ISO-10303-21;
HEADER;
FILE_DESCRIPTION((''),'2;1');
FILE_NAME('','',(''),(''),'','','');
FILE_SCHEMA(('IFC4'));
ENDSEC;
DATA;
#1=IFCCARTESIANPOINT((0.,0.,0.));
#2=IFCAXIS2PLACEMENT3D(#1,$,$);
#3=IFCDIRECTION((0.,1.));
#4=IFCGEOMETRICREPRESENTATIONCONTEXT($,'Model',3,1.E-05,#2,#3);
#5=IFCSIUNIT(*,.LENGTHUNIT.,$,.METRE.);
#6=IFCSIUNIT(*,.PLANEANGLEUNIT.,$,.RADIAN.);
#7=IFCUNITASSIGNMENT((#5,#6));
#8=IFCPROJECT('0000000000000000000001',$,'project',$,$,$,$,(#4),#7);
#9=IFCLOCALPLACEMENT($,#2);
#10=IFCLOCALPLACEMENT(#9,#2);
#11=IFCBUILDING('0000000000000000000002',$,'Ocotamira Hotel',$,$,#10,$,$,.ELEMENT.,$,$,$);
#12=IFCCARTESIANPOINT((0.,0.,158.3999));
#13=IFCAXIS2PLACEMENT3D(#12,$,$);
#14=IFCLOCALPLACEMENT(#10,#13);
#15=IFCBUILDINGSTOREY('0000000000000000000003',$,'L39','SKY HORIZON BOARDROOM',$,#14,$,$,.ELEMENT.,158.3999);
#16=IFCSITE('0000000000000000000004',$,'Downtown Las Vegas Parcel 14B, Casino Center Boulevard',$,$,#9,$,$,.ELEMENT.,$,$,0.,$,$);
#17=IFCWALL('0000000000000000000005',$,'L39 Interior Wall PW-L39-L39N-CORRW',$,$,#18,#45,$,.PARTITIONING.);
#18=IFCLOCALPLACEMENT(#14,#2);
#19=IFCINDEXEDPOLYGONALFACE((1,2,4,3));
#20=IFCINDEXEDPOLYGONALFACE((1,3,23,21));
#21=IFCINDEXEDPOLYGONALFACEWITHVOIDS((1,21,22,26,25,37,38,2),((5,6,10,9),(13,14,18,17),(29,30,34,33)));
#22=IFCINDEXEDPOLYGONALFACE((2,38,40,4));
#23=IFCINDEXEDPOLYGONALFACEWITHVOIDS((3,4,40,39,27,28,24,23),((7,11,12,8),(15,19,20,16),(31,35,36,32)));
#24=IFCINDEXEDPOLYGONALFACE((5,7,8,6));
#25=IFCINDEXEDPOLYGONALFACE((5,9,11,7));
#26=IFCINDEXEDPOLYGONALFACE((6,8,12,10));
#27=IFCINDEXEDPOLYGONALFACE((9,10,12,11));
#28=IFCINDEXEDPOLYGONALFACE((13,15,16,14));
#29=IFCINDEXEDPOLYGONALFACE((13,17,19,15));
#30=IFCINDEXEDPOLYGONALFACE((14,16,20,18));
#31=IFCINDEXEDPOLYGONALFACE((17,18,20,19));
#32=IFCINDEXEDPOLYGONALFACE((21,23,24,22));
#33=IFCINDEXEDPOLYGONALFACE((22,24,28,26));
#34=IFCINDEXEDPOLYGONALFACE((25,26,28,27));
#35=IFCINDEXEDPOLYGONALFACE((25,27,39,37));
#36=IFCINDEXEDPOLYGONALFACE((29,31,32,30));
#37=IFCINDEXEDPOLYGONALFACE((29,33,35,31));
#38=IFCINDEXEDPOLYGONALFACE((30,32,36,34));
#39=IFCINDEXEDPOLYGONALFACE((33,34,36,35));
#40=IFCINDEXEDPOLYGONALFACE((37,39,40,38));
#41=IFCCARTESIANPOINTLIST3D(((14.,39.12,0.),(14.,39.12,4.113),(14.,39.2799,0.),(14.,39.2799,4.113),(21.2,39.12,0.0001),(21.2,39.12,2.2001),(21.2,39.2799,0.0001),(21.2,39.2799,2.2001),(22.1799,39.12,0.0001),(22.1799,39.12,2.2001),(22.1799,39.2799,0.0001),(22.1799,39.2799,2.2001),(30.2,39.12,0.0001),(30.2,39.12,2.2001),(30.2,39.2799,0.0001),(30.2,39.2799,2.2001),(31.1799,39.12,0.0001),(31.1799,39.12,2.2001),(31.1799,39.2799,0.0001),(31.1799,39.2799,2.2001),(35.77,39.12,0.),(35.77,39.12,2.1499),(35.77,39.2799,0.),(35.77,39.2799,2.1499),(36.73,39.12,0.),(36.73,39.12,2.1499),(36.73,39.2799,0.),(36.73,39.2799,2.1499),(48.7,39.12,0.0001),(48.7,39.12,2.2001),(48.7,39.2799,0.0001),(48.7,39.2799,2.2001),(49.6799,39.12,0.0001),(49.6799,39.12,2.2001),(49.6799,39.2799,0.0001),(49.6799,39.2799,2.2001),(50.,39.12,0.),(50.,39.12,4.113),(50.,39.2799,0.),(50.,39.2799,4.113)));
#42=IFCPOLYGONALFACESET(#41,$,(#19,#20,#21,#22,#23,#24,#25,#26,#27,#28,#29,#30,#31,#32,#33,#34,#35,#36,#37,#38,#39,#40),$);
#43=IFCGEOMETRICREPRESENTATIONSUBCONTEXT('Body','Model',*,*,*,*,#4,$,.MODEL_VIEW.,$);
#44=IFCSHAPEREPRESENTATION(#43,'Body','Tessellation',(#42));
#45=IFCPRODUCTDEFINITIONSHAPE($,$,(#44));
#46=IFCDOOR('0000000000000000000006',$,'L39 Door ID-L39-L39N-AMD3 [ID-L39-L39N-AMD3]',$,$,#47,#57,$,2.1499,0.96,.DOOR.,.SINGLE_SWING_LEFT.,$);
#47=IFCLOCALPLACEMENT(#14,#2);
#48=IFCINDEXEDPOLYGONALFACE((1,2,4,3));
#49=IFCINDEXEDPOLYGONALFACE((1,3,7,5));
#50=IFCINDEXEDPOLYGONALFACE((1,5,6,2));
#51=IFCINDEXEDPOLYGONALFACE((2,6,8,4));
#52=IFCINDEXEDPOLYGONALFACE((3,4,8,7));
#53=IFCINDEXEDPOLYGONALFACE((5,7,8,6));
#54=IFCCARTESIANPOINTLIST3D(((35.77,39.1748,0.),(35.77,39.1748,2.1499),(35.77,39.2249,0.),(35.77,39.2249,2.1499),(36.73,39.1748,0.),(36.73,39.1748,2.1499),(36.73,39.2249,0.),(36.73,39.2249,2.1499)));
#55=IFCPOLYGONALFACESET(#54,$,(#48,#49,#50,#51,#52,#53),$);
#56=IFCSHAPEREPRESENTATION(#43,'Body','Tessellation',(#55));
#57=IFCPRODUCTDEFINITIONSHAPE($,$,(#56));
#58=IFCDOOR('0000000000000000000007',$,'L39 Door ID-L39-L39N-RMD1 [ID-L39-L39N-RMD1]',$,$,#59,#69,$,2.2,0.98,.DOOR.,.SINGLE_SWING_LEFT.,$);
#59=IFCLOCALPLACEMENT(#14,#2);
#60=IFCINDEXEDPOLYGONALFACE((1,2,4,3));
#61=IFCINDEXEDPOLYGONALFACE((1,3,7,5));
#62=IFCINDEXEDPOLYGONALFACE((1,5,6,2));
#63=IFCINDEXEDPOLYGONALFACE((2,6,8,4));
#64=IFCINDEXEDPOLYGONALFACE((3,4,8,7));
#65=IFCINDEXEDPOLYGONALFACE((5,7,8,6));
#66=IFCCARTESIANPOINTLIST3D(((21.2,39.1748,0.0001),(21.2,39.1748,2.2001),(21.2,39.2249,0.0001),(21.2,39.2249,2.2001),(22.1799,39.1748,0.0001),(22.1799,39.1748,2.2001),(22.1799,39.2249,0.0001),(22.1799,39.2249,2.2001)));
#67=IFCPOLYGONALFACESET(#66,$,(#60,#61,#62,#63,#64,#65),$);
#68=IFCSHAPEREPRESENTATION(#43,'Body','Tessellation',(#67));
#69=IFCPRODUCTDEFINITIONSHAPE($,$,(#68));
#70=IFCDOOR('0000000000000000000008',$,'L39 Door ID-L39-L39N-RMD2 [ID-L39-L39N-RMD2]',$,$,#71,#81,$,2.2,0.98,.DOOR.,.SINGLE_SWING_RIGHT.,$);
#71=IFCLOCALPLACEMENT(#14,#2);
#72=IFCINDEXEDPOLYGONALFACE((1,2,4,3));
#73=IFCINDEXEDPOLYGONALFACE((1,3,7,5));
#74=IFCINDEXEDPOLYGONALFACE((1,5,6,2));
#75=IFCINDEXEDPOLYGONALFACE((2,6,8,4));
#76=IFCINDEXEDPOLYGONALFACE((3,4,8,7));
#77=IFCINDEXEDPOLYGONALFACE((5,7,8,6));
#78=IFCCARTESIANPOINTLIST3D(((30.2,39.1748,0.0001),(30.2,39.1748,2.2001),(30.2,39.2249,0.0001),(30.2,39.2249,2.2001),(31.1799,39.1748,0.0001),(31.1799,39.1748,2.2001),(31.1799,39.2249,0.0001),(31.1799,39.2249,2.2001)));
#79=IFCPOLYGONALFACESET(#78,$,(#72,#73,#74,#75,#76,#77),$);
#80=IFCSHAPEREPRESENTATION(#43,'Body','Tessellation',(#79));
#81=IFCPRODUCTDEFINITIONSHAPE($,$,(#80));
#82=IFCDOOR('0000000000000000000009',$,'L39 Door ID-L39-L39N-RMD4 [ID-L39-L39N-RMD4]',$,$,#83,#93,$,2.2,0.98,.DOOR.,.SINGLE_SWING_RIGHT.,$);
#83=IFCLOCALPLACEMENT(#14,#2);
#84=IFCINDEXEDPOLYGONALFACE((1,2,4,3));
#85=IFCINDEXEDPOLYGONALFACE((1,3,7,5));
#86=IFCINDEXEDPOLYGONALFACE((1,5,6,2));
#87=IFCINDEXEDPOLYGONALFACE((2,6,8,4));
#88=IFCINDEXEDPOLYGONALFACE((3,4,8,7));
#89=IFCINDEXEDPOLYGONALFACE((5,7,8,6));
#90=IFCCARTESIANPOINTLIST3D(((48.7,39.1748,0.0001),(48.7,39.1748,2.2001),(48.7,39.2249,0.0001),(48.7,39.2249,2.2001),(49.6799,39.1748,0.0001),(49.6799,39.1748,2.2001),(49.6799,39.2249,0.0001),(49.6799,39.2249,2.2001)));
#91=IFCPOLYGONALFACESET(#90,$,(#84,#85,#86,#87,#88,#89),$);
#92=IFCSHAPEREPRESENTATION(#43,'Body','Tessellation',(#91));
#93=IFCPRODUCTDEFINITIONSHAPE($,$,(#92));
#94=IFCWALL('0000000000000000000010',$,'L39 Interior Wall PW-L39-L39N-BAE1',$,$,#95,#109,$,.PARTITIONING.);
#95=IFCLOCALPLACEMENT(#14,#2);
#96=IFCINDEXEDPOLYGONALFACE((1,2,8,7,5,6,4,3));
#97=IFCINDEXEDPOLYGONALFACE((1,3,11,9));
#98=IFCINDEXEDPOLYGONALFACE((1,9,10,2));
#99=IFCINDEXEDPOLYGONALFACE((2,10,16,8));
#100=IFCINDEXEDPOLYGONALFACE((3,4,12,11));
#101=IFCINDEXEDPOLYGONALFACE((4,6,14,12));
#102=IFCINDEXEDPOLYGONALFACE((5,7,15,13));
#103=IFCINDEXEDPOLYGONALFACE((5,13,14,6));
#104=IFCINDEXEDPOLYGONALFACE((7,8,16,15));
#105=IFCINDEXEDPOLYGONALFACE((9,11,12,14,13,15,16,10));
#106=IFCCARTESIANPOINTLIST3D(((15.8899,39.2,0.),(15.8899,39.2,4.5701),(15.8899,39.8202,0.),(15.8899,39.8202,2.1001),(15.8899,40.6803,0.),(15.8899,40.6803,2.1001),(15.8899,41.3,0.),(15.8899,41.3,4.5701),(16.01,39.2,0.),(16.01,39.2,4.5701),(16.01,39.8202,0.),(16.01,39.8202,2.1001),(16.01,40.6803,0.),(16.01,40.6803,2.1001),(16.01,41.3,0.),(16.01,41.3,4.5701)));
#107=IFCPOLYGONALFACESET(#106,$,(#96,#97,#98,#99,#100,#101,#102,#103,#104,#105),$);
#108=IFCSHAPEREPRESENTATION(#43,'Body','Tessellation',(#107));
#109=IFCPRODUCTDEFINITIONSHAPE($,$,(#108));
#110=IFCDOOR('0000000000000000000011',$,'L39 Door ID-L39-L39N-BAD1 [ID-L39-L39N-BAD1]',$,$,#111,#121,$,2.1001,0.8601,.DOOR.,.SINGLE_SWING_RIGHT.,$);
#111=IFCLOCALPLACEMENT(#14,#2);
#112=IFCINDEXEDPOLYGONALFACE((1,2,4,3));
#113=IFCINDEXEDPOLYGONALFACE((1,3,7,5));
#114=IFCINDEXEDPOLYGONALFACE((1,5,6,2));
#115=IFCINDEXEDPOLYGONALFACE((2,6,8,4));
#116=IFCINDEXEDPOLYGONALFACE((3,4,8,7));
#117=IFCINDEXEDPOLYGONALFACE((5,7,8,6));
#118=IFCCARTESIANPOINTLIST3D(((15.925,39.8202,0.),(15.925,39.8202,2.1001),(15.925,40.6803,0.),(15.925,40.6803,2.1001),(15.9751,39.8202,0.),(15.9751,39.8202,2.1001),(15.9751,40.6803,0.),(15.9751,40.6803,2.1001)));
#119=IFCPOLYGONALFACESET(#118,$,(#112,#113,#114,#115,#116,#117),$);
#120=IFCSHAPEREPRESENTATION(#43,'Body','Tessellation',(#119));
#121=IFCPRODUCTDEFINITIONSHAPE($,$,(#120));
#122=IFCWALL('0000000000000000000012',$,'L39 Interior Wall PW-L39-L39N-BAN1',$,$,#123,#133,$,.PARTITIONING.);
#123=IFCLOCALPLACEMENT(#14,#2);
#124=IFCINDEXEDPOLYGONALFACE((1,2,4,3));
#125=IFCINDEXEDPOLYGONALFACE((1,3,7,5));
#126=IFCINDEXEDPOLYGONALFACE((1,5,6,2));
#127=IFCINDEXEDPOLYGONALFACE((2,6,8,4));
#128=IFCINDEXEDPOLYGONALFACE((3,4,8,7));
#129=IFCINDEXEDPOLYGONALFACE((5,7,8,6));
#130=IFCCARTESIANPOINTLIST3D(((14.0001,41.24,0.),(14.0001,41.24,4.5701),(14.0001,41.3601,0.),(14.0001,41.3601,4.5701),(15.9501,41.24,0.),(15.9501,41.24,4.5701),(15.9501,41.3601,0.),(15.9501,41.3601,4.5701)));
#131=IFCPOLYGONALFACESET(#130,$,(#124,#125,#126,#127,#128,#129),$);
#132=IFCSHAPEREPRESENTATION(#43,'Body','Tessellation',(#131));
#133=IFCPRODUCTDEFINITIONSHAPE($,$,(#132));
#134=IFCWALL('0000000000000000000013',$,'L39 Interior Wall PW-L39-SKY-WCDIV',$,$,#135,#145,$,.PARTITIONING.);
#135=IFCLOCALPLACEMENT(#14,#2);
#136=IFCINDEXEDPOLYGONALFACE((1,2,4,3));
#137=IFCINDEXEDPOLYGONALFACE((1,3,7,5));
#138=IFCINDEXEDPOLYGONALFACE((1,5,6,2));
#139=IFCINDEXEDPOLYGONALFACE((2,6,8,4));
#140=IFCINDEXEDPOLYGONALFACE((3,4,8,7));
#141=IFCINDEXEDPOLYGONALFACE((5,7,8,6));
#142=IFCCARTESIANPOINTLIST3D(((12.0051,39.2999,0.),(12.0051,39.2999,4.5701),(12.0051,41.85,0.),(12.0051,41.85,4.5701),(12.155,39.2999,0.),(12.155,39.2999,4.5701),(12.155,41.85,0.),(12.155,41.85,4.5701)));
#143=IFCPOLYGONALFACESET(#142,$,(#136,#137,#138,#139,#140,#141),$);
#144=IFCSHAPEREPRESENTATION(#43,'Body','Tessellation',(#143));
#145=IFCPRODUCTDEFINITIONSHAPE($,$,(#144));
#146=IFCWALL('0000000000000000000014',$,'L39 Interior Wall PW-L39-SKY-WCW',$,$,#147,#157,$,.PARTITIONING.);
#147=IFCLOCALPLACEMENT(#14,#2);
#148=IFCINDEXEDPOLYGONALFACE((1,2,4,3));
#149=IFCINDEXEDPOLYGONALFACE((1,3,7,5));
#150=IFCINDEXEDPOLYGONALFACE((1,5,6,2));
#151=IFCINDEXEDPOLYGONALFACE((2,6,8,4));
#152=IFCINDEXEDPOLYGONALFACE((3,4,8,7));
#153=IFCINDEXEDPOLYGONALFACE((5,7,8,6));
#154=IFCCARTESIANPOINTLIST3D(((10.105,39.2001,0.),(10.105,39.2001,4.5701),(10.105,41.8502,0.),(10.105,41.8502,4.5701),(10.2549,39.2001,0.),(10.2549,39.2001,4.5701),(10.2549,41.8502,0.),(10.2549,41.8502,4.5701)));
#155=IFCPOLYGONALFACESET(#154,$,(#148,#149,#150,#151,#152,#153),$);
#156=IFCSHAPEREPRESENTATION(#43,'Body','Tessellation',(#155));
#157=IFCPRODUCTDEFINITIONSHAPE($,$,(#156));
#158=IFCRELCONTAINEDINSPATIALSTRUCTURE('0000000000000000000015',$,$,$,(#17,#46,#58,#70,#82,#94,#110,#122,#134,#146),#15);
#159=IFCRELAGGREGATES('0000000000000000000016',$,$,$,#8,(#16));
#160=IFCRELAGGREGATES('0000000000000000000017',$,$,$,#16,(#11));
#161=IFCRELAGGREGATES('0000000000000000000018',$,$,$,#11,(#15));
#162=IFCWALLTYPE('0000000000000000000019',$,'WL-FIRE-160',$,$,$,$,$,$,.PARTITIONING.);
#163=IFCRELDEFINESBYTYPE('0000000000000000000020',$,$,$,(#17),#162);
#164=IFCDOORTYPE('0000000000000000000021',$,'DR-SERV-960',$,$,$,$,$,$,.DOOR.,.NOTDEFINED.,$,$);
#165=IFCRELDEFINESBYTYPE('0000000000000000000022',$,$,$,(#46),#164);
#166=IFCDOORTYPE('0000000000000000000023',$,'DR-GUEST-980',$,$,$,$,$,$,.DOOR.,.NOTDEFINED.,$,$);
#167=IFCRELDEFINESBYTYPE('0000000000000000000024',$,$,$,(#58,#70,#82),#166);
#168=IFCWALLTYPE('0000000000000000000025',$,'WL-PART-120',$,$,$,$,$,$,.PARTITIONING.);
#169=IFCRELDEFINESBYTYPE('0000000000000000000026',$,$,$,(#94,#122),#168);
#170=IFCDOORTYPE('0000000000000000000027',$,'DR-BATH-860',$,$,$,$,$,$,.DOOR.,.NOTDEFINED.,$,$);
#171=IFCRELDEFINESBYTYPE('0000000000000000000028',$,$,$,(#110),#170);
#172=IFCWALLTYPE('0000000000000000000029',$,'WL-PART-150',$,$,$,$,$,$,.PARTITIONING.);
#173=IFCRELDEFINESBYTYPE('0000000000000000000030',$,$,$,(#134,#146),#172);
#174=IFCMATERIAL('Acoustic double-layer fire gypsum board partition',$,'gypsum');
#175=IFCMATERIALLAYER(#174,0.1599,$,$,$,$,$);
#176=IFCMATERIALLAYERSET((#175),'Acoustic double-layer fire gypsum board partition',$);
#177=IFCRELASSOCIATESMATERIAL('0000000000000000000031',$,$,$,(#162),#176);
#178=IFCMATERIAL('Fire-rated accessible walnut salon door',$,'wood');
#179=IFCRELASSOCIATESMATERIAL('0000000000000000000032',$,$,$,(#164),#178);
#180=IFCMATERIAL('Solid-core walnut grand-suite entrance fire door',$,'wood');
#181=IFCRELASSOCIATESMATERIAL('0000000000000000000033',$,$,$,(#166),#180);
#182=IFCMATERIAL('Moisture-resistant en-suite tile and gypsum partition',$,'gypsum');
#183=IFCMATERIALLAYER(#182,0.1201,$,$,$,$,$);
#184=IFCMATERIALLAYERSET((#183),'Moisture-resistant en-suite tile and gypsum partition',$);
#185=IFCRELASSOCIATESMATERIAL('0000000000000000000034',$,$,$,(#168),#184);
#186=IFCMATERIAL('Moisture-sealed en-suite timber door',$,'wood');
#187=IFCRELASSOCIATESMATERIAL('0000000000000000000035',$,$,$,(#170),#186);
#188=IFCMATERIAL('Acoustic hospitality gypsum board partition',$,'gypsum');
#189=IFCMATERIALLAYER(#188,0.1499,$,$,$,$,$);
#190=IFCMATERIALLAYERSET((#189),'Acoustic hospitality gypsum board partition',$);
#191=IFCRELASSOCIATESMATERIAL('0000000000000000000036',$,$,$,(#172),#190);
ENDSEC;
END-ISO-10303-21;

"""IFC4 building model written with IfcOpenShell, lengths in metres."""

from ifc_helpers import new_model, si_unit, direction, frame, frame_2d, origin, place, context, subcontext, project, spatial, rectangle, extrude, source, transform, mapped, material, layer, layer_set, type_object, element, fill, save


model = new_model("IFC4")

# Units and contexts
model_context = context("Model", 3, precision=1e-05, world=origin(), true_north=direction((0.0, 1.0)))
body_context = subcontext(model_context, "Body", "Model", "MODEL_VIEW")
ifc_project = project(units=[si_unit("LENGTHUNIT", "METRE"), si_unit("PLANEANGLEUNIT", "RADIAN")], contexts=[model_context])

# Site, building, storey
site_placement = place(None, origin())
site = spatial("IfcSite", under=ifc_project, at=site_placement, Name="Downtown Las Vegas Parcel 14B, Casino Center Boulevard", CompositionType="ELEMENT", RefElevation=0.0)
building_placement = place(site_placement, origin())
building = spatial("IfcBuilding", under=site, at=building_placement, Name="Ocotamira Hotel", CompositionType="ELEMENT")
storey_placement = place(building_placement, frame((0.0, 0.0, 158.3999)))
storey = spatial("IfcBuildingStorey", under=building, at=storey_placement, Name="L39", Description="SKY HORIZON BOARDROOM", CompositionType="ELEMENT", Elevation=158.3999)

# Wall, openings, doors
ifc_material_1 = material(Name="Acoustic double-layer fire gypsum board partition", Category="gypsum")
ifc_layer_1 = layer(ifc_material_1, 0.1599)
ifc_layer_set_1 = layer_set([ifc_layer_1], Name="Acoustic double-layer fire gypsum board partition")
wall_type_1 = type_object("IfcWallType", Name="WL-FIRE-160", PredefinedType="PARTITIONING", material=ifc_layer_set_1)
wall_1_placement = place(storey_placement, frame((14.0, 39.2, 0.0), z_axis=(0.0, 0.0, 1.0), x_axis=(1.0, 0.0, 0.0)))
wall_1 = element("IfcWall", 1, at=wall_1_placement, inside=storey, type_object=wall_type_1, Name="L39 Interior Wall PW-L39-L39N-CORRW", PredefinedType="PARTITIONING", context=body_context, shape_type="SweptSolid", body=[
    extrude(rectangle(XDim=36.0, YDim=0.1599, at=frame_2d((18.0, 0.0))), origin(), (0.0, 0.0, 1.0), 4.113),
])
opening_1_placement = place(wall_1_placement, frame((7.2, 0.0, 0.0)))
opening_1 = element("IfcOpeningElement", 2, at=opening_1_placement, cuts=wall_1, PredefinedType="OPENING", context=body_context, shape_type="SweptSolid", body=[
    extrude(rectangle(XDim=0.98, YDim=2.2, at=frame_2d((0.49, 1.1001))), frame((0.0, 0.0898, 0.0), z_axis=(0.0, -1.0, 0.0), x_axis=(1.0, 0.0, 0.0)), (0.0, 0.0, 1.0), 0.1799),
])
opening_2_placement = place(wall_1_placement, frame((16.2, 0.0, 0.0)))
opening_2 = element("IfcOpeningElement", 3, at=opening_2_placement, cuts=wall_1, PredefinedType="OPENING", context=body_context, shape_type="SweptSolid", body=[
    extrude(rectangle(XDim=0.98, YDim=2.2, at=frame_2d((0.49, 1.1001))), frame((0.0, 0.0898, 0.0), z_axis=(0.0, -1.0, 0.0), x_axis=(1.0, 0.0, 0.0)), (0.0, 0.0, 1.0), 0.1799),
])
opening_3_placement = place(wall_1_placement, frame((21.77, 0.0, 0.0)))
opening_3 = element("IfcOpeningElement", 4, at=opening_3_placement, cuts=wall_1, PredefinedType="OPENING", context=body_context, shape_type="SweptSolid", body=[
    extrude(rectangle(XDim=0.96, YDim=2.1499, at=frame_2d((0.48, 1.075))), frame((0.0, 0.0898, 0.0), z_axis=(0.0, -1.0, 0.0), x_axis=(1.0, 0.0, 0.0)), (0.0, 0.0, 1.0), 0.1799),
])
opening_4_placement = place(wall_1_placement, frame((34.7, 0.0, 0.0)))
opening_4 = element("IfcOpeningElement", 5, at=opening_4_placement, cuts=wall_1, PredefinedType="OPENING", context=body_context, shape_type="SweptSolid", body=[
    extrude(rectangle(XDim=0.98, YDim=2.2, at=frame_2d((0.49, 1.1001))), frame((0.0, 0.0898, 0.0), z_axis=(0.0, -1.0, 0.0), x_axis=(1.0, 0.0, 0.0)), (0.0, 0.0, 1.0), 0.1799),
])
ifc_material_2 = material(Name="Fire-rated accessible walnut salon door", Category="wood")
door_type_1 = type_object("IfcDoorType", Name="DR-SERV-960", OperationType="NOTDEFINED", PredefinedType="DOOR", material=ifc_material_2)
shared_shape_1 = source(origin(), body_context, "Body", "SweptSolid", [
    extrude(rectangle(XDim=0.96, YDim=2.1499, at=frame_2d((0.48, 1.075))), frame((0.0, 0.0249, 0.0), z_axis=(0.0, -1.0, 0.0), x_axis=(1.0, 0.0, 0.0)), (0.0, 0.0, 1.0), 0.05),
])
door_1_placement = place(opening_3_placement, origin())
door_1 = element("IfcDoor", 6, at=door_1_placement, inside=storey, type_object=door_type_1, Name="L39 Door ID-L39-L39N-AMD3 [ID-L39-L39N-AMD3]", OperationType="SINGLE_SWING_LEFT", OverallHeight=2.1499, OverallWidth=0.96, PredefinedType="DOOR", context=body_context, shape_type="MappedRepresentation", body=[
    mapped(shared_shape_1, transform((0.0, 0.0, 0.0), scale=1.0)),
])
fill(opening_3, door_1)
ifc_material_3 = material(Name="Solid-core walnut grand-suite entrance fire door", Category="wood")
door_type_2 = type_object("IfcDoorType", Name="DR-GUEST-980", OperationType="NOTDEFINED", PredefinedType="DOOR", material=ifc_material_3)
shared_shape_2 = source(origin(), body_context, "Body", "SweptSolid", [
    extrude(rectangle(XDim=0.98, YDim=2.2, at=frame_2d((0.49, 1.1001))), frame((0.0, 0.0249, 0.0), z_axis=(0.0, -1.0, 0.0), x_axis=(1.0, 0.0, 0.0)), (0.0, 0.0, 1.0), 0.05),
])
door_2_placement = place(opening_1_placement, origin())
door_2 = element("IfcDoor", 7, at=door_2_placement, inside=storey, type_object=door_type_2, Name="L39 Door ID-L39-L39N-RMD1 [ID-L39-L39N-RMD1]", OperationType="SINGLE_SWING_LEFT", OverallHeight=2.2, OverallWidth=0.98, PredefinedType="DOOR", context=body_context, shape_type="MappedRepresentation", body=[
    mapped(shared_shape_2, transform((0.0, 0.0, 0.0), scale=1.0)),
])
fill(opening_1, door_2)
door_3_placement = place(opening_2_placement, origin())
door_3 = element("IfcDoor", 8, at=door_3_placement, inside=storey, type_object=door_type_2, Name="L39 Door ID-L39-L39N-RMD2 [ID-L39-L39N-RMD2]", OperationType="SINGLE_SWING_RIGHT", OverallHeight=2.2, OverallWidth=0.98, PredefinedType="DOOR", context=body_context, shape_type="MappedRepresentation", body=[
    mapped(shared_shape_2, transform((0.0, 0.0, 0.0), scale=1.0)),
])
fill(opening_2, door_3)
door_4_placement = place(opening_4_placement, origin())
door_4 = element("IfcDoor", 9, at=door_4_placement, inside=storey, type_object=door_type_2, Name="L39 Door ID-L39-L39N-RMD4 [ID-L39-L39N-RMD4]", OperationType="SINGLE_SWING_RIGHT", OverallHeight=2.2, OverallWidth=0.98, PredefinedType="DOOR", context=body_context, shape_type="MappedRepresentation", body=[
    mapped(shared_shape_2, transform((0.0, 0.0, 0.0), scale=1.0)),
])
fill(opening_4, door_4)

# Wall, opening, door
ifc_material_4 = material(Name="Moisture-resistant en-suite tile and gypsum partition", Category="gypsum")
ifc_layer_2 = layer(ifc_material_4, 0.1201)
ifc_layer_set_2 = layer_set([ifc_layer_2], Name="Moisture-resistant en-suite tile and gypsum partition")
wall_type_2 = type_object("IfcWallType", Name="WL-PART-120", PredefinedType="PARTITIONING", material=ifc_layer_set_2)
wall_2_placement = place(storey_placement, frame((15.95, 39.2, 0.0), z_axis=(0.0, 0.0, 1.0), x_axis=(0.0, 1.0, 0.0)))
wall_2 = element("IfcWall", 10, at=wall_2_placement, inside=storey, type_object=wall_type_2, Name="L39 Interior Wall PW-L39-L39N-BAE1", PredefinedType="PARTITIONING", context=body_context, shape_type="SweptSolid", body=[
    extrude(rectangle(XDim=2.1001, YDim=0.1201, at=frame_2d((1.05, 0.0))), origin(), (0.0, 0.0, 1.0), 4.5701),
])
opening_5_placement = place(wall_2_placement, frame((0.6201, 0.0, 0.0)))
opening_5 = element("IfcOpeningElement", 11, at=opening_5_placement, cuts=wall_2, PredefinedType="OPENING", context=body_context, shape_type="SweptSolid", body=[
    extrude(rectangle(XDim=0.8601, YDim=2.1001, at=frame_2d((0.4302, 1.05))), frame((0.0, 0.0701, 0.0), z_axis=(0.0, -1.0, 0.0), x_axis=(1.0, 0.0, 0.0)), (0.0, 0.0, 1.0), 0.1401),
])
ifc_material_5 = material(Name="Moisture-sealed en-suite timber door", Category="wood")
door_type_3 = type_object("IfcDoorType", Name="DR-BATH-860", OperationType="NOTDEFINED", PredefinedType="DOOR", material=ifc_material_5)
shared_shape_3 = source(origin(), body_context, "Body", "SweptSolid", [
    extrude(rectangle(XDim=0.8601, YDim=2.1001, at=frame_2d((0.4302, 1.05))), frame((0.0, 0.0249, 0.0), z_axis=(0.0, -1.0, 0.0), x_axis=(1.0, 0.0, 0.0)), (0.0, 0.0, 1.0), 0.05),
])
door_5_placement = place(opening_5_placement, origin())
door_5 = element("IfcDoor", 12, at=door_5_placement, inside=storey, type_object=door_type_3, Name="L39 Door ID-L39-L39N-BAD1 [ID-L39-L39N-BAD1]", OperationType="SINGLE_SWING_RIGHT", OverallHeight=2.1001, OverallWidth=0.8601, PredefinedType="DOOR", context=body_context, shape_type="MappedRepresentation", body=[
    mapped(shared_shape_3, transform((0.0, 0.0, 0.0), scale=1.0)),
])
fill(opening_5, door_5)

# Walls
wall_3_placement = place(storey_placement, frame((14.0, 41.3, 0.0), z_axis=(0.0, 0.0, 1.0), x_axis=(1.0, 0.0, 0.0)))
element("IfcWall", 13, at=wall_3_placement, inside=storey, type_object=wall_type_2, Name="L39 Interior Wall PW-L39-L39N-BAN1", PredefinedType="PARTITIONING", context=body_context, shape_type="SweptSolid", body=[
    extrude(rectangle(XDim=1.95, YDim=0.1201, at=frame_2d((0.9751, 0.0))), origin(), (0.0, 0.0, 1.0), 4.5701),
])
ifc_material_6 = material(Name="Acoustic hospitality gypsum board partition", Category="gypsum")
ifc_layer_3 = layer(ifc_material_6, 0.1499)
ifc_layer_set_3 = layer_set([ifc_layer_3], Name="Acoustic hospitality gypsum board partition")
wall_type_3 = type_object("IfcWallType", Name="WL-PART-150", PredefinedType="PARTITIONING", material=ifc_layer_set_3)
wall_4_placement = place(storey_placement, frame((12.0801, 39.3, 0.0), z_axis=(0.0, 0.0, 1.0), x_axis=(0.0, 1.0, 0.0)))
element("IfcWall", 14, at=wall_4_placement, inside=storey, type_object=wall_type_3, Name="L39 Interior Wall PW-L39-SKY-WCDIV", PredefinedType="PARTITIONING", context=body_context, shape_type="SweptSolid", body=[
    extrude(rectangle(XDim=2.55, YDim=0.1499, at=frame_2d((1.2749, 0.0))), origin(), (0.0, 0.0, 1.0), 4.5701),
])
for number, where, z_axis, x_axis, name in (
    (15, (10.1799, 39.2, 0.0), (0.0, 0.0, 1.0), (0.0, 1.0, 0.0), "L39 Interior Wall PW-L39-SKY-WCW"),
):
    element("IfcWall", number, at=place(storey_placement, frame(where, z_axis=z_axis, x_axis=x_axis)), inside=storey, type_object=wall_type_3, Name=name, PredefinedType="PARTITIONING", context=body_context, shape_type="SweptSolid", body=[
        extrude(rectangle(XDim=2.6501, YDim=0.1499, at=frame_2d((1.3252, 0.0))), origin(), (0.0, 0.0, 1.0), 4.5701),
    ])

save(model, "model.ifc")
